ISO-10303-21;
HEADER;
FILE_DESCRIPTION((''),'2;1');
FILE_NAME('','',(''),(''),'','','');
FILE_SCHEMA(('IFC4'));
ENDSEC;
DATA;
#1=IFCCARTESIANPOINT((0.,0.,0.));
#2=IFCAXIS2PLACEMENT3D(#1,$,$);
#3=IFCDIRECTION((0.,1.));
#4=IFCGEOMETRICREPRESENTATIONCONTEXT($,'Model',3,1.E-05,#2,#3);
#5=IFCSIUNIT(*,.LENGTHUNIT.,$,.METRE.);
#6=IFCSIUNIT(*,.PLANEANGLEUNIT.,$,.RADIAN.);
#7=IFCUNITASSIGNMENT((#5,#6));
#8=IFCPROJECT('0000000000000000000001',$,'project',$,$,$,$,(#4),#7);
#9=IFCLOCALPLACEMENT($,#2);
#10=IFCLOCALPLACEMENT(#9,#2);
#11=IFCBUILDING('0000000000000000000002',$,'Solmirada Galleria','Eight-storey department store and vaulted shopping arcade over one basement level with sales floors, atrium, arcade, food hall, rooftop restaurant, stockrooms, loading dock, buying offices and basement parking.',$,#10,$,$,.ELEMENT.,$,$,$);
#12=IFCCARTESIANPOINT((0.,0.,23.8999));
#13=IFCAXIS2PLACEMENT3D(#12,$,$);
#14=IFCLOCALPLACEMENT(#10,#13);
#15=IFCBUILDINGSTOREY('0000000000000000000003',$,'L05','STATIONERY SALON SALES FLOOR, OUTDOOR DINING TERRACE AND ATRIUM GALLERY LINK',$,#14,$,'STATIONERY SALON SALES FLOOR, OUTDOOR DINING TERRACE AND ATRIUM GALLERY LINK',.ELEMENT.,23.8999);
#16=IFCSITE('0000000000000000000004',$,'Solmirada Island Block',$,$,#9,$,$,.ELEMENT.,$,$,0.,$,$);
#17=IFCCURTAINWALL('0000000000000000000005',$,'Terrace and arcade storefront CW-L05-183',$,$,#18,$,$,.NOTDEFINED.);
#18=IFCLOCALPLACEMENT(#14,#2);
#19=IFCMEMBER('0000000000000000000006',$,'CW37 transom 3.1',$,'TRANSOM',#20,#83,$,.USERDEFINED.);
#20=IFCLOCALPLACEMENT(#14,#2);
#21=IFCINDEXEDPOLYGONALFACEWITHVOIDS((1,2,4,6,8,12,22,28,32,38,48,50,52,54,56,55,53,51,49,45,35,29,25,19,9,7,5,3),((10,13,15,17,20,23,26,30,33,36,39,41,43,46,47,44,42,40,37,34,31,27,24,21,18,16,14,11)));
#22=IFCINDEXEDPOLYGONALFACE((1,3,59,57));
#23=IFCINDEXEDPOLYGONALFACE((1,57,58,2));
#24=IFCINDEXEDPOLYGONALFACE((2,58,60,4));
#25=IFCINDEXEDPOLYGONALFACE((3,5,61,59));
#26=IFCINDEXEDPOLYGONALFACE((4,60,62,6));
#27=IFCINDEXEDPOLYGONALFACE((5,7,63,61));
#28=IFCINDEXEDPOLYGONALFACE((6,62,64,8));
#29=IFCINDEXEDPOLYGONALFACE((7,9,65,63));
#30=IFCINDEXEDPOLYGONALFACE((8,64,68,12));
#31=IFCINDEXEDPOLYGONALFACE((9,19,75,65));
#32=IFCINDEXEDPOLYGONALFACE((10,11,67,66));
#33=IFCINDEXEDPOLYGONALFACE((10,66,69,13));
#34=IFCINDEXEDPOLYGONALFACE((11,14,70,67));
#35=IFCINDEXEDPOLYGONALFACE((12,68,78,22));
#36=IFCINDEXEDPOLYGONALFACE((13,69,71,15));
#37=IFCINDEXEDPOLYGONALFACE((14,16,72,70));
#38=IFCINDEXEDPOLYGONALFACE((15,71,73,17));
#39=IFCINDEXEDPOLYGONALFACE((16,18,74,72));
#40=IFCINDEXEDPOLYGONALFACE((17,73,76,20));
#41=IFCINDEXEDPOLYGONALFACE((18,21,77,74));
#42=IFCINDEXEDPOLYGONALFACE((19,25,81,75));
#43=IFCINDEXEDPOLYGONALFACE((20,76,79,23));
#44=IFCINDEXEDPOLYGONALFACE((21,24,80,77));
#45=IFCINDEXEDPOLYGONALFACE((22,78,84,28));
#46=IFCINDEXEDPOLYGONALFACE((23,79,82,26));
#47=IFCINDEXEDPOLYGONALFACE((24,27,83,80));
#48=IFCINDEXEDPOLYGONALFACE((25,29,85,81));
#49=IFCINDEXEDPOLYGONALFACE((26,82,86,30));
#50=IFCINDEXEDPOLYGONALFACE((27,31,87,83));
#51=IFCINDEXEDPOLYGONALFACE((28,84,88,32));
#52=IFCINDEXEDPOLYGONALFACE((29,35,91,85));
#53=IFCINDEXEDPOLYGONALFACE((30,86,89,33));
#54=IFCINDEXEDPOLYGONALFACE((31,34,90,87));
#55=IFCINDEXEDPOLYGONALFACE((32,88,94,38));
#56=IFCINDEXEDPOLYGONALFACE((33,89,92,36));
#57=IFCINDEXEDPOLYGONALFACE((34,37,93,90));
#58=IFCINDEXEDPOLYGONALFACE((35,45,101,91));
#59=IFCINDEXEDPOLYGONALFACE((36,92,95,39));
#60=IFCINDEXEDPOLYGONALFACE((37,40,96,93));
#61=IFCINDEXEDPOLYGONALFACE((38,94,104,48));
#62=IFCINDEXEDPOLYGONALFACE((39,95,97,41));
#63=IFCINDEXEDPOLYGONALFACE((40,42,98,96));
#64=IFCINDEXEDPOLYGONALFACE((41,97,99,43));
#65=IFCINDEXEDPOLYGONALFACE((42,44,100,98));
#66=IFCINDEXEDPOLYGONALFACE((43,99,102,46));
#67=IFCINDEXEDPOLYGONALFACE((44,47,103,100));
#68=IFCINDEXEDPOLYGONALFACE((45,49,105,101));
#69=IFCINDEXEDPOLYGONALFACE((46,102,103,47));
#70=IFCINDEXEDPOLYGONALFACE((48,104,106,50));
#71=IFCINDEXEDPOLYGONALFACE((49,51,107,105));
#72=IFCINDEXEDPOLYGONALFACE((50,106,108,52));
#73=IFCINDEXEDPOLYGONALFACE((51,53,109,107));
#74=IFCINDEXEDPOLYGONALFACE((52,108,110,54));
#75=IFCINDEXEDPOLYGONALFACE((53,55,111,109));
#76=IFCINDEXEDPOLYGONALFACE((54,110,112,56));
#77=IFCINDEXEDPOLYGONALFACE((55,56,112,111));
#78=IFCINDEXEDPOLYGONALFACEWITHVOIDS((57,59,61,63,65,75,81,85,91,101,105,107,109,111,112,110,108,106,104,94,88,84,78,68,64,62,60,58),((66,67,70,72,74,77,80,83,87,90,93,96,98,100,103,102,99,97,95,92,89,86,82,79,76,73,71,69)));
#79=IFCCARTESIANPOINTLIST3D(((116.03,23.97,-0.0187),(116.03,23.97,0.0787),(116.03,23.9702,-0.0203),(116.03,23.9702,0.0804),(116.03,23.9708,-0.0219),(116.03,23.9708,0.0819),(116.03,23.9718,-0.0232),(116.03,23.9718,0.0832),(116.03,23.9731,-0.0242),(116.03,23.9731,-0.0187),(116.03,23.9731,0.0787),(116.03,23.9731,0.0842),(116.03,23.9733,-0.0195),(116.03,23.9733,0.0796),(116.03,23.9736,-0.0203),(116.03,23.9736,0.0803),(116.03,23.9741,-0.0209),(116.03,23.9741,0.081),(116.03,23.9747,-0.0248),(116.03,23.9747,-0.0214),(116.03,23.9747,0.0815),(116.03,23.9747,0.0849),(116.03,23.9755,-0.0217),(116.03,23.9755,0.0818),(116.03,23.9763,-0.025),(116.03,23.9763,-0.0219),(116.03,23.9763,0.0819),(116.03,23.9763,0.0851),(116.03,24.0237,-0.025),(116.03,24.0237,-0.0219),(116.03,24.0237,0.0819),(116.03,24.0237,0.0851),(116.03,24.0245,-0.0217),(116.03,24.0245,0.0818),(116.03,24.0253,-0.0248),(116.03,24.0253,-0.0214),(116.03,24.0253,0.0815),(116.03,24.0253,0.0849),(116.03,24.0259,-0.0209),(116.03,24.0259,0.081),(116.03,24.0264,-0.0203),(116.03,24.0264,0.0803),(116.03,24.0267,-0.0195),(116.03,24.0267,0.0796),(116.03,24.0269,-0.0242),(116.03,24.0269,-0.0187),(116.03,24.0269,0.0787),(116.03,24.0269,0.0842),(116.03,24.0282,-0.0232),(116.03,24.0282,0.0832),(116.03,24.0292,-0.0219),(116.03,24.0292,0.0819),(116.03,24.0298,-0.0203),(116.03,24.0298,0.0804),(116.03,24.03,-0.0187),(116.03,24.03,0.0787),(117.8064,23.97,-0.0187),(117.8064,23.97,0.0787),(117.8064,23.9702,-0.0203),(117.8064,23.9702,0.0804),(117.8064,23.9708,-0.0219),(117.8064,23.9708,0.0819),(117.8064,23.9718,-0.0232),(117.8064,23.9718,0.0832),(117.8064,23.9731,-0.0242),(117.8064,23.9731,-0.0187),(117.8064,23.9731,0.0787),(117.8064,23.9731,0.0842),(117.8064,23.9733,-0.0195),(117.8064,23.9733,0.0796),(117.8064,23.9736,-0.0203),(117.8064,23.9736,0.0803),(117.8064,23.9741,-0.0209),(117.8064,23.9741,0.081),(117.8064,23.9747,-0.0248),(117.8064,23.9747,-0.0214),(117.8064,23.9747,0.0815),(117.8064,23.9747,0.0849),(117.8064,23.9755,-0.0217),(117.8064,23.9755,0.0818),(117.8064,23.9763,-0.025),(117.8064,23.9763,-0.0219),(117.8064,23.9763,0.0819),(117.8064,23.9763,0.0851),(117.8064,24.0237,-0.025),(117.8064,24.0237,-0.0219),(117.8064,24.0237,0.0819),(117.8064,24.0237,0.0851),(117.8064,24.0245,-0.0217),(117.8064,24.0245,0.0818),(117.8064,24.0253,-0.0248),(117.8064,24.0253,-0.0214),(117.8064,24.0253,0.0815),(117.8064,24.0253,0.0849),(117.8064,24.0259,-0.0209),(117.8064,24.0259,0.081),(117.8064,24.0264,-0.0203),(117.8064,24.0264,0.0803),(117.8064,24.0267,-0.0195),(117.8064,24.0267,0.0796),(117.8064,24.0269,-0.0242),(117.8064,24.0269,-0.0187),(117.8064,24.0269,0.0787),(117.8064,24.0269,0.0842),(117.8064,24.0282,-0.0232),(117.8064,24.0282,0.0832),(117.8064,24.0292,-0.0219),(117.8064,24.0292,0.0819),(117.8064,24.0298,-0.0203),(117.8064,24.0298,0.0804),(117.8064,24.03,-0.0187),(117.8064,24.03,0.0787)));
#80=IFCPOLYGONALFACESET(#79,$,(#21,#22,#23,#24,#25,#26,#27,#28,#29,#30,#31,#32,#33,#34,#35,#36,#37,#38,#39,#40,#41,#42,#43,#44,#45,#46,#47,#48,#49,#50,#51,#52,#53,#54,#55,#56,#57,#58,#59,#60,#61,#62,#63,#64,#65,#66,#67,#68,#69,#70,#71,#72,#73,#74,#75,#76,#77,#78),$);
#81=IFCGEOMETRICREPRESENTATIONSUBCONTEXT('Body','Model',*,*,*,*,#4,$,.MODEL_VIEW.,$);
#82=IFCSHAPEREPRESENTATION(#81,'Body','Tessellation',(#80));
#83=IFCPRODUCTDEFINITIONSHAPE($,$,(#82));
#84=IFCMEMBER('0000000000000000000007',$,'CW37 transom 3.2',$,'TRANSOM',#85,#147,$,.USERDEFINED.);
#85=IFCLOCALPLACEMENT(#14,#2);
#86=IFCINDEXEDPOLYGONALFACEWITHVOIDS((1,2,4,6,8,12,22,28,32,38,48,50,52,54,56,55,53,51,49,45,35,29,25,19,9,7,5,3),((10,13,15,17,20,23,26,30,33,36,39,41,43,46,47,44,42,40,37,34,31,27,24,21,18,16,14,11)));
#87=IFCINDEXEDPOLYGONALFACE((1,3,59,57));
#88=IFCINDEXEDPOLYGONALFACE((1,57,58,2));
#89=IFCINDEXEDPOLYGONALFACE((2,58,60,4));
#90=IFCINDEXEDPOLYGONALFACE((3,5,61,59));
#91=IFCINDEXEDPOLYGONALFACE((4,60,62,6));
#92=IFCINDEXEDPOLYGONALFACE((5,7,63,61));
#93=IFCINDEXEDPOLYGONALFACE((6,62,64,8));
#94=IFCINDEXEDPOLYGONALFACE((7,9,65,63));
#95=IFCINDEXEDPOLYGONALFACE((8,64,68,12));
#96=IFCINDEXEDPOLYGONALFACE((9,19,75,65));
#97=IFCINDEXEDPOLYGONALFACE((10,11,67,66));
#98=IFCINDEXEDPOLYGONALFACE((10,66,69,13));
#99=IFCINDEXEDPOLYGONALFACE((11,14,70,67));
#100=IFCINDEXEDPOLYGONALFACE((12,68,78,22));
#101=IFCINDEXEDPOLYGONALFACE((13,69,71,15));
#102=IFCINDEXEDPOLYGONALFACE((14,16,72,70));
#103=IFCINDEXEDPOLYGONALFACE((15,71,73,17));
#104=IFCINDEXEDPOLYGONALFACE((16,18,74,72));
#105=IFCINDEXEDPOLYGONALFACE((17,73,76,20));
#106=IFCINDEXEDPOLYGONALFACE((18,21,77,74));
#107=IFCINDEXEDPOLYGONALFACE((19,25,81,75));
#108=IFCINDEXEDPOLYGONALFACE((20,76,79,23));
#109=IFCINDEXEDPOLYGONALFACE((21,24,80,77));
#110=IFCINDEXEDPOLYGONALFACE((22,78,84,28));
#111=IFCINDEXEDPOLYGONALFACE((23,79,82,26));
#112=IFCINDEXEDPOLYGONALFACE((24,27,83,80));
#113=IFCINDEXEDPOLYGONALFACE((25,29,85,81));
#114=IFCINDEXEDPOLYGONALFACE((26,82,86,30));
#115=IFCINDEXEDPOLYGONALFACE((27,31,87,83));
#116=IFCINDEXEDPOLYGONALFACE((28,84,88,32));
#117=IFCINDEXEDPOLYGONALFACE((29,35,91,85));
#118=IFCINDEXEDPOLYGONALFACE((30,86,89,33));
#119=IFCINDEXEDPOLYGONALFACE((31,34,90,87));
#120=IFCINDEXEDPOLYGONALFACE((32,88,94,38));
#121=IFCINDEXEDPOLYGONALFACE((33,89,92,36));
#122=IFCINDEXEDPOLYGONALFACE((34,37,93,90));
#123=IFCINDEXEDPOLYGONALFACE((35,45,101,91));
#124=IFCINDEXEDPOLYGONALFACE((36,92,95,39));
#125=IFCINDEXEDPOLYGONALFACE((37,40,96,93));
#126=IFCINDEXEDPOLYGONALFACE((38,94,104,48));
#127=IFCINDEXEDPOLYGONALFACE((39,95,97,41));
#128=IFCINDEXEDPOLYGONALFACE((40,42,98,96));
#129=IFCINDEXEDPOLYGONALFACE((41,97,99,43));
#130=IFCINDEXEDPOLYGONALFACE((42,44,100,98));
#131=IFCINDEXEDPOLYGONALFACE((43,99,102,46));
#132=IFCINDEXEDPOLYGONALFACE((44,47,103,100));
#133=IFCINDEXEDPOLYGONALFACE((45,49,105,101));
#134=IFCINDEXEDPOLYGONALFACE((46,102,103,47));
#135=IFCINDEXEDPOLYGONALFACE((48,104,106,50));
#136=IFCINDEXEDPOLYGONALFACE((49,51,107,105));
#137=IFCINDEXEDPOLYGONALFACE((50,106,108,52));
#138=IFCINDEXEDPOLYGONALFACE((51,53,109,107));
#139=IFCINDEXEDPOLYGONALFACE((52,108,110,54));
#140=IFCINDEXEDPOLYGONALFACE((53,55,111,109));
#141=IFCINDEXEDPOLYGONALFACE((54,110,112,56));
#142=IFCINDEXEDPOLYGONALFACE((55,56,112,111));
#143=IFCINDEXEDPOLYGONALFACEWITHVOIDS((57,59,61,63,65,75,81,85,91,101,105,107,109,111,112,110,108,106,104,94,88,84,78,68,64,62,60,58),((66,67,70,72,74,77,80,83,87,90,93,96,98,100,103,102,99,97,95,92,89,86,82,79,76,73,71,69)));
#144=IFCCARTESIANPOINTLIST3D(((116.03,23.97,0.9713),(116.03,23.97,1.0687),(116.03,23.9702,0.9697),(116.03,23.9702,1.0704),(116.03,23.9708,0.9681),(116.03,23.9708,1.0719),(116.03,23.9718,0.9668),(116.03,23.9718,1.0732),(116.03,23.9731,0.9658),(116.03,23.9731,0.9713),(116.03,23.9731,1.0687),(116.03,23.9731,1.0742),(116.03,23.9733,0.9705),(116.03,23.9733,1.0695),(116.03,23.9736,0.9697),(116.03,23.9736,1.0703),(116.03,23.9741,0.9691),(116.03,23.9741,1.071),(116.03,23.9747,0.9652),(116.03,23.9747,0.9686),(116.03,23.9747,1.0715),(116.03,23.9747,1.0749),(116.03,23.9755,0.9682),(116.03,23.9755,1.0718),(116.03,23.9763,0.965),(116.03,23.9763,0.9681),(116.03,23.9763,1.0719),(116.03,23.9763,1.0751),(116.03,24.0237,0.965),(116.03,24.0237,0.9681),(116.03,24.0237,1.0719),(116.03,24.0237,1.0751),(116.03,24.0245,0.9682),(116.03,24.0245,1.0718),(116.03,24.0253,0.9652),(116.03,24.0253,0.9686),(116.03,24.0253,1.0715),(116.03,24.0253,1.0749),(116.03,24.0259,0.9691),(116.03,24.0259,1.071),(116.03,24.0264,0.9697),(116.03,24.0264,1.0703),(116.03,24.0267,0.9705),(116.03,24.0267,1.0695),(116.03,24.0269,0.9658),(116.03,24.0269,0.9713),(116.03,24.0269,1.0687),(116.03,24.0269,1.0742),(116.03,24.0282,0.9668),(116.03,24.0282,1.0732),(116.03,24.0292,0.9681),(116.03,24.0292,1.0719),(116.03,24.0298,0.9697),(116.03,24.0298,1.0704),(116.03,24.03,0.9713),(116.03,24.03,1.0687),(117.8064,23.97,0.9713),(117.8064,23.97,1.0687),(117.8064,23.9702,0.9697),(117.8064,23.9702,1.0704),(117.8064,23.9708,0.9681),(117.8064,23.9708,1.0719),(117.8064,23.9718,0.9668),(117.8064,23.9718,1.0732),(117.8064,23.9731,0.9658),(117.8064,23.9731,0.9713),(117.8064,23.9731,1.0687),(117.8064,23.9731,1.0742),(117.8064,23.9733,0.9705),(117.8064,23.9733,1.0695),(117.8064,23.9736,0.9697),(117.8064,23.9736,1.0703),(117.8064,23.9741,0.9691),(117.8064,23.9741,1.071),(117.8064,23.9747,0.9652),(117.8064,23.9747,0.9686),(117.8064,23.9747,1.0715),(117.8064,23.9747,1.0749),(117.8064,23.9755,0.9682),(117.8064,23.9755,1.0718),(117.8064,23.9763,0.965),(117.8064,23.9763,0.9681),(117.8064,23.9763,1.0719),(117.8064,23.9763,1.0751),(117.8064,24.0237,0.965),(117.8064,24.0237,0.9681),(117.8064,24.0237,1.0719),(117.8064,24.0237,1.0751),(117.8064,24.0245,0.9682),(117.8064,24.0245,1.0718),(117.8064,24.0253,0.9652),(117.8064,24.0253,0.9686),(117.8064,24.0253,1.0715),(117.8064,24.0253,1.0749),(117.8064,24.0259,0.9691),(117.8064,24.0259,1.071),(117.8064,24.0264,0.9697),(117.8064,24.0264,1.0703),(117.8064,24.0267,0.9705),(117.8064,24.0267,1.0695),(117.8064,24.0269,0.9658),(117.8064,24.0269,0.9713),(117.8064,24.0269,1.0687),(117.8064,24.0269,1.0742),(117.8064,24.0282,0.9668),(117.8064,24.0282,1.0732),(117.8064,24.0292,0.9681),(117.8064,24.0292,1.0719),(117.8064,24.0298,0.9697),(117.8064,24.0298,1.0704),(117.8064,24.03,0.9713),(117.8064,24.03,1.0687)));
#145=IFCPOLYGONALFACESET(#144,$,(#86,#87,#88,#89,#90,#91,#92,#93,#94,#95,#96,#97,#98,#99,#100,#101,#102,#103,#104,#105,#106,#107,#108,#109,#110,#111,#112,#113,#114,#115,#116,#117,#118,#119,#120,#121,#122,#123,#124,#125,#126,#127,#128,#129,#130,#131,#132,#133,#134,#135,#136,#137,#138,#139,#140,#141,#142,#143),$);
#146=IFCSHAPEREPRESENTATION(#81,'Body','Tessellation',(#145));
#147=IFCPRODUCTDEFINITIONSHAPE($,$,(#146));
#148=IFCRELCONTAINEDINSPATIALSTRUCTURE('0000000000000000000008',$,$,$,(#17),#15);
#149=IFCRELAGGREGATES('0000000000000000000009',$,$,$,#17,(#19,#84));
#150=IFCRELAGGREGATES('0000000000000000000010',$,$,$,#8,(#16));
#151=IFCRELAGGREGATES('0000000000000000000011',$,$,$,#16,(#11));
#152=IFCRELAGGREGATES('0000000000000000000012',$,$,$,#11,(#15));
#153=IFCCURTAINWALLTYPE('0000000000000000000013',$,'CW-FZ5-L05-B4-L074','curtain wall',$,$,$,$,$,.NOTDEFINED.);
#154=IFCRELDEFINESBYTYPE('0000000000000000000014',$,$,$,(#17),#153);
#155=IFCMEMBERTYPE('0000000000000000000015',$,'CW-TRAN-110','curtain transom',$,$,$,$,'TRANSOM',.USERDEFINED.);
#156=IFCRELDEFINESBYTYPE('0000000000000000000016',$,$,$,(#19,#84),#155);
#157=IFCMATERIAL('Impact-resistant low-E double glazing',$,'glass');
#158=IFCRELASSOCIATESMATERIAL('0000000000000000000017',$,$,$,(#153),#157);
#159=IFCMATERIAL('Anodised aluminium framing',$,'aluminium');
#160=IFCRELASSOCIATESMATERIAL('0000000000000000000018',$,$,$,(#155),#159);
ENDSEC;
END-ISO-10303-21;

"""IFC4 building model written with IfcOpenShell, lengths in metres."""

from ifc_helpers import new_model, si_unit, direction, frame, origin, origin_2d, place, context, subcontext, project, spatial, hollow_rectangle, extrude, material, material_profile, profile_set, type_object, element, aggregate, save


model = new_model("IFC4")

# Units and contexts
model_context = context("Model", 3, precision=1e-05, world=origin(), true_north=direction((0.0, 1.0)))
body_context = subcontext(model_context, "Body", "Model", "MODEL_VIEW")
ifc_project = project(units=[si_unit("LENGTHUNIT", "METRE"), si_unit("PLANEANGLEUNIT", "RADIAN")], contexts=[model_context])

# Site, building, storey
site_placement = place(None, origin())
site = spatial("IfcSite", under=ifc_project, at=site_placement, Name="Solmirada Island Block", CompositionType="ELEMENT", RefElevation=0.0)
building_placement = place(site_placement, origin())
building = spatial("IfcBuilding", under=site, at=building_placement, Name="Solmirada Galleria", Description="Eight-storey department store and vaulted shopping arcade over one basement level with sales floors, atrium, arcade, food hall, rooftop restaurant, stockrooms, loading dock, buying offices and basement parking.", CompositionType="ELEMENT")
storey_placement = place(building_placement, frame((0.0, 0.0, 23.8999)))
storey = spatial("IfcBuildingStorey", under=building, at=storey_placement, Name="L05", Description="STATIONERY SALON SALES FLOOR, OUTDOOR DINING TERRACE AND ATRIUM GALLERY LINK", LongName="STATIONERY SALON SALES FLOOR, OUTDOOR DINING TERRACE AND ATRIUM GALLERY LINK", CompositionType="ELEMENT", Elevation=23.8999)

# Curtain wall, members
ifc_material_1 = material(Name="Impact-resistant low-E double glazing", Category="glass")
curtain_wall_type = type_object("IfcCurtainWallType", Name="CW-FZ5-L05-B4-L074", Description="curtain wall", PredefinedType="NOTDEFINED", material=ifc_material_1)
curtain_wall_placement = place(storey_placement, origin())
curtain_wall = element("IfcCurtainWall", 1, at=curtain_wall_placement, inside=storey, type_object=curtain_wall_type, Name="Terrace and arcade storefront CW-L05-183", PredefinedType="NOTDEFINED")
ifc_material_2 = material(Name="Anodised aluminium framing", Category="aluminium")
ifc_material_profile_1 = material_profile(ifc_material_2, hollow_rectangle(XDim=0.0601, YDim=0.1101, WallThickness=0.0032, InnerFilletRadius=0.0032, OuterFilletRadius=0.0063, at=origin_2d()), Name="ALU-TRAN-110X60")
ifc_profile_set_1 = profile_set([ifc_material_profile_1], Name="Anodised aluminium framing")
member_type_1 = type_object("IfcMemberType", Name="CW-TRAN-110", Description="curtain transom", ElementType="TRANSOM", PredefinedType="USERDEFINED", material=ifc_profile_set_1)
member_1_placement = place(storey_placement, frame((116.03, 24.0, 0.03), z_axis=(1.0, 0.0, 0.0), x_axis=(0.0, 1.0, 0.0)))
member_1 = element("IfcMember", 2, at=member_1_placement, type_object=member_type_1, Name="CW37 transom 3.1", ObjectType="TRANSOM", PredefinedType="USERDEFINED", context=body_context, shape_type="SweptSolid", body=[
    extrude(hollow_rectangle(XDim=0.0601, YDim=0.1101, WallThickness=0.0032, InnerFilletRadius=0.0032, OuterFilletRadius=0.0063, at=origin_2d()), origin(), (0.0, 0.0, 1.0), 1.7764),
])
member_2_placement = place(storey_placement, frame((116.03, 24.0, 1.02), z_axis=(1.0, 0.0, 0.0), x_axis=(0.0, 1.0, 0.0)))
member_2 = element("IfcMember", 3, at=member_2_placement, type_object=member_type_1, Name="CW37 transom 3.2", ObjectType="TRANSOM", PredefinedType="USERDEFINED", context=body_context, shape_type="SweptSolid", body=[
    extrude(hollow_rectangle(XDim=0.0601, YDim=0.1101, WallThickness=0.0032, InnerFilletRadius=0.0032, OuterFilletRadius=0.0063, at=origin_2d()), origin(), (0.0, 0.0, 1.0), 1.7764),
])
aggregate(curtain_wall, [member_1, member_2])

save(model, "model.ifc")
